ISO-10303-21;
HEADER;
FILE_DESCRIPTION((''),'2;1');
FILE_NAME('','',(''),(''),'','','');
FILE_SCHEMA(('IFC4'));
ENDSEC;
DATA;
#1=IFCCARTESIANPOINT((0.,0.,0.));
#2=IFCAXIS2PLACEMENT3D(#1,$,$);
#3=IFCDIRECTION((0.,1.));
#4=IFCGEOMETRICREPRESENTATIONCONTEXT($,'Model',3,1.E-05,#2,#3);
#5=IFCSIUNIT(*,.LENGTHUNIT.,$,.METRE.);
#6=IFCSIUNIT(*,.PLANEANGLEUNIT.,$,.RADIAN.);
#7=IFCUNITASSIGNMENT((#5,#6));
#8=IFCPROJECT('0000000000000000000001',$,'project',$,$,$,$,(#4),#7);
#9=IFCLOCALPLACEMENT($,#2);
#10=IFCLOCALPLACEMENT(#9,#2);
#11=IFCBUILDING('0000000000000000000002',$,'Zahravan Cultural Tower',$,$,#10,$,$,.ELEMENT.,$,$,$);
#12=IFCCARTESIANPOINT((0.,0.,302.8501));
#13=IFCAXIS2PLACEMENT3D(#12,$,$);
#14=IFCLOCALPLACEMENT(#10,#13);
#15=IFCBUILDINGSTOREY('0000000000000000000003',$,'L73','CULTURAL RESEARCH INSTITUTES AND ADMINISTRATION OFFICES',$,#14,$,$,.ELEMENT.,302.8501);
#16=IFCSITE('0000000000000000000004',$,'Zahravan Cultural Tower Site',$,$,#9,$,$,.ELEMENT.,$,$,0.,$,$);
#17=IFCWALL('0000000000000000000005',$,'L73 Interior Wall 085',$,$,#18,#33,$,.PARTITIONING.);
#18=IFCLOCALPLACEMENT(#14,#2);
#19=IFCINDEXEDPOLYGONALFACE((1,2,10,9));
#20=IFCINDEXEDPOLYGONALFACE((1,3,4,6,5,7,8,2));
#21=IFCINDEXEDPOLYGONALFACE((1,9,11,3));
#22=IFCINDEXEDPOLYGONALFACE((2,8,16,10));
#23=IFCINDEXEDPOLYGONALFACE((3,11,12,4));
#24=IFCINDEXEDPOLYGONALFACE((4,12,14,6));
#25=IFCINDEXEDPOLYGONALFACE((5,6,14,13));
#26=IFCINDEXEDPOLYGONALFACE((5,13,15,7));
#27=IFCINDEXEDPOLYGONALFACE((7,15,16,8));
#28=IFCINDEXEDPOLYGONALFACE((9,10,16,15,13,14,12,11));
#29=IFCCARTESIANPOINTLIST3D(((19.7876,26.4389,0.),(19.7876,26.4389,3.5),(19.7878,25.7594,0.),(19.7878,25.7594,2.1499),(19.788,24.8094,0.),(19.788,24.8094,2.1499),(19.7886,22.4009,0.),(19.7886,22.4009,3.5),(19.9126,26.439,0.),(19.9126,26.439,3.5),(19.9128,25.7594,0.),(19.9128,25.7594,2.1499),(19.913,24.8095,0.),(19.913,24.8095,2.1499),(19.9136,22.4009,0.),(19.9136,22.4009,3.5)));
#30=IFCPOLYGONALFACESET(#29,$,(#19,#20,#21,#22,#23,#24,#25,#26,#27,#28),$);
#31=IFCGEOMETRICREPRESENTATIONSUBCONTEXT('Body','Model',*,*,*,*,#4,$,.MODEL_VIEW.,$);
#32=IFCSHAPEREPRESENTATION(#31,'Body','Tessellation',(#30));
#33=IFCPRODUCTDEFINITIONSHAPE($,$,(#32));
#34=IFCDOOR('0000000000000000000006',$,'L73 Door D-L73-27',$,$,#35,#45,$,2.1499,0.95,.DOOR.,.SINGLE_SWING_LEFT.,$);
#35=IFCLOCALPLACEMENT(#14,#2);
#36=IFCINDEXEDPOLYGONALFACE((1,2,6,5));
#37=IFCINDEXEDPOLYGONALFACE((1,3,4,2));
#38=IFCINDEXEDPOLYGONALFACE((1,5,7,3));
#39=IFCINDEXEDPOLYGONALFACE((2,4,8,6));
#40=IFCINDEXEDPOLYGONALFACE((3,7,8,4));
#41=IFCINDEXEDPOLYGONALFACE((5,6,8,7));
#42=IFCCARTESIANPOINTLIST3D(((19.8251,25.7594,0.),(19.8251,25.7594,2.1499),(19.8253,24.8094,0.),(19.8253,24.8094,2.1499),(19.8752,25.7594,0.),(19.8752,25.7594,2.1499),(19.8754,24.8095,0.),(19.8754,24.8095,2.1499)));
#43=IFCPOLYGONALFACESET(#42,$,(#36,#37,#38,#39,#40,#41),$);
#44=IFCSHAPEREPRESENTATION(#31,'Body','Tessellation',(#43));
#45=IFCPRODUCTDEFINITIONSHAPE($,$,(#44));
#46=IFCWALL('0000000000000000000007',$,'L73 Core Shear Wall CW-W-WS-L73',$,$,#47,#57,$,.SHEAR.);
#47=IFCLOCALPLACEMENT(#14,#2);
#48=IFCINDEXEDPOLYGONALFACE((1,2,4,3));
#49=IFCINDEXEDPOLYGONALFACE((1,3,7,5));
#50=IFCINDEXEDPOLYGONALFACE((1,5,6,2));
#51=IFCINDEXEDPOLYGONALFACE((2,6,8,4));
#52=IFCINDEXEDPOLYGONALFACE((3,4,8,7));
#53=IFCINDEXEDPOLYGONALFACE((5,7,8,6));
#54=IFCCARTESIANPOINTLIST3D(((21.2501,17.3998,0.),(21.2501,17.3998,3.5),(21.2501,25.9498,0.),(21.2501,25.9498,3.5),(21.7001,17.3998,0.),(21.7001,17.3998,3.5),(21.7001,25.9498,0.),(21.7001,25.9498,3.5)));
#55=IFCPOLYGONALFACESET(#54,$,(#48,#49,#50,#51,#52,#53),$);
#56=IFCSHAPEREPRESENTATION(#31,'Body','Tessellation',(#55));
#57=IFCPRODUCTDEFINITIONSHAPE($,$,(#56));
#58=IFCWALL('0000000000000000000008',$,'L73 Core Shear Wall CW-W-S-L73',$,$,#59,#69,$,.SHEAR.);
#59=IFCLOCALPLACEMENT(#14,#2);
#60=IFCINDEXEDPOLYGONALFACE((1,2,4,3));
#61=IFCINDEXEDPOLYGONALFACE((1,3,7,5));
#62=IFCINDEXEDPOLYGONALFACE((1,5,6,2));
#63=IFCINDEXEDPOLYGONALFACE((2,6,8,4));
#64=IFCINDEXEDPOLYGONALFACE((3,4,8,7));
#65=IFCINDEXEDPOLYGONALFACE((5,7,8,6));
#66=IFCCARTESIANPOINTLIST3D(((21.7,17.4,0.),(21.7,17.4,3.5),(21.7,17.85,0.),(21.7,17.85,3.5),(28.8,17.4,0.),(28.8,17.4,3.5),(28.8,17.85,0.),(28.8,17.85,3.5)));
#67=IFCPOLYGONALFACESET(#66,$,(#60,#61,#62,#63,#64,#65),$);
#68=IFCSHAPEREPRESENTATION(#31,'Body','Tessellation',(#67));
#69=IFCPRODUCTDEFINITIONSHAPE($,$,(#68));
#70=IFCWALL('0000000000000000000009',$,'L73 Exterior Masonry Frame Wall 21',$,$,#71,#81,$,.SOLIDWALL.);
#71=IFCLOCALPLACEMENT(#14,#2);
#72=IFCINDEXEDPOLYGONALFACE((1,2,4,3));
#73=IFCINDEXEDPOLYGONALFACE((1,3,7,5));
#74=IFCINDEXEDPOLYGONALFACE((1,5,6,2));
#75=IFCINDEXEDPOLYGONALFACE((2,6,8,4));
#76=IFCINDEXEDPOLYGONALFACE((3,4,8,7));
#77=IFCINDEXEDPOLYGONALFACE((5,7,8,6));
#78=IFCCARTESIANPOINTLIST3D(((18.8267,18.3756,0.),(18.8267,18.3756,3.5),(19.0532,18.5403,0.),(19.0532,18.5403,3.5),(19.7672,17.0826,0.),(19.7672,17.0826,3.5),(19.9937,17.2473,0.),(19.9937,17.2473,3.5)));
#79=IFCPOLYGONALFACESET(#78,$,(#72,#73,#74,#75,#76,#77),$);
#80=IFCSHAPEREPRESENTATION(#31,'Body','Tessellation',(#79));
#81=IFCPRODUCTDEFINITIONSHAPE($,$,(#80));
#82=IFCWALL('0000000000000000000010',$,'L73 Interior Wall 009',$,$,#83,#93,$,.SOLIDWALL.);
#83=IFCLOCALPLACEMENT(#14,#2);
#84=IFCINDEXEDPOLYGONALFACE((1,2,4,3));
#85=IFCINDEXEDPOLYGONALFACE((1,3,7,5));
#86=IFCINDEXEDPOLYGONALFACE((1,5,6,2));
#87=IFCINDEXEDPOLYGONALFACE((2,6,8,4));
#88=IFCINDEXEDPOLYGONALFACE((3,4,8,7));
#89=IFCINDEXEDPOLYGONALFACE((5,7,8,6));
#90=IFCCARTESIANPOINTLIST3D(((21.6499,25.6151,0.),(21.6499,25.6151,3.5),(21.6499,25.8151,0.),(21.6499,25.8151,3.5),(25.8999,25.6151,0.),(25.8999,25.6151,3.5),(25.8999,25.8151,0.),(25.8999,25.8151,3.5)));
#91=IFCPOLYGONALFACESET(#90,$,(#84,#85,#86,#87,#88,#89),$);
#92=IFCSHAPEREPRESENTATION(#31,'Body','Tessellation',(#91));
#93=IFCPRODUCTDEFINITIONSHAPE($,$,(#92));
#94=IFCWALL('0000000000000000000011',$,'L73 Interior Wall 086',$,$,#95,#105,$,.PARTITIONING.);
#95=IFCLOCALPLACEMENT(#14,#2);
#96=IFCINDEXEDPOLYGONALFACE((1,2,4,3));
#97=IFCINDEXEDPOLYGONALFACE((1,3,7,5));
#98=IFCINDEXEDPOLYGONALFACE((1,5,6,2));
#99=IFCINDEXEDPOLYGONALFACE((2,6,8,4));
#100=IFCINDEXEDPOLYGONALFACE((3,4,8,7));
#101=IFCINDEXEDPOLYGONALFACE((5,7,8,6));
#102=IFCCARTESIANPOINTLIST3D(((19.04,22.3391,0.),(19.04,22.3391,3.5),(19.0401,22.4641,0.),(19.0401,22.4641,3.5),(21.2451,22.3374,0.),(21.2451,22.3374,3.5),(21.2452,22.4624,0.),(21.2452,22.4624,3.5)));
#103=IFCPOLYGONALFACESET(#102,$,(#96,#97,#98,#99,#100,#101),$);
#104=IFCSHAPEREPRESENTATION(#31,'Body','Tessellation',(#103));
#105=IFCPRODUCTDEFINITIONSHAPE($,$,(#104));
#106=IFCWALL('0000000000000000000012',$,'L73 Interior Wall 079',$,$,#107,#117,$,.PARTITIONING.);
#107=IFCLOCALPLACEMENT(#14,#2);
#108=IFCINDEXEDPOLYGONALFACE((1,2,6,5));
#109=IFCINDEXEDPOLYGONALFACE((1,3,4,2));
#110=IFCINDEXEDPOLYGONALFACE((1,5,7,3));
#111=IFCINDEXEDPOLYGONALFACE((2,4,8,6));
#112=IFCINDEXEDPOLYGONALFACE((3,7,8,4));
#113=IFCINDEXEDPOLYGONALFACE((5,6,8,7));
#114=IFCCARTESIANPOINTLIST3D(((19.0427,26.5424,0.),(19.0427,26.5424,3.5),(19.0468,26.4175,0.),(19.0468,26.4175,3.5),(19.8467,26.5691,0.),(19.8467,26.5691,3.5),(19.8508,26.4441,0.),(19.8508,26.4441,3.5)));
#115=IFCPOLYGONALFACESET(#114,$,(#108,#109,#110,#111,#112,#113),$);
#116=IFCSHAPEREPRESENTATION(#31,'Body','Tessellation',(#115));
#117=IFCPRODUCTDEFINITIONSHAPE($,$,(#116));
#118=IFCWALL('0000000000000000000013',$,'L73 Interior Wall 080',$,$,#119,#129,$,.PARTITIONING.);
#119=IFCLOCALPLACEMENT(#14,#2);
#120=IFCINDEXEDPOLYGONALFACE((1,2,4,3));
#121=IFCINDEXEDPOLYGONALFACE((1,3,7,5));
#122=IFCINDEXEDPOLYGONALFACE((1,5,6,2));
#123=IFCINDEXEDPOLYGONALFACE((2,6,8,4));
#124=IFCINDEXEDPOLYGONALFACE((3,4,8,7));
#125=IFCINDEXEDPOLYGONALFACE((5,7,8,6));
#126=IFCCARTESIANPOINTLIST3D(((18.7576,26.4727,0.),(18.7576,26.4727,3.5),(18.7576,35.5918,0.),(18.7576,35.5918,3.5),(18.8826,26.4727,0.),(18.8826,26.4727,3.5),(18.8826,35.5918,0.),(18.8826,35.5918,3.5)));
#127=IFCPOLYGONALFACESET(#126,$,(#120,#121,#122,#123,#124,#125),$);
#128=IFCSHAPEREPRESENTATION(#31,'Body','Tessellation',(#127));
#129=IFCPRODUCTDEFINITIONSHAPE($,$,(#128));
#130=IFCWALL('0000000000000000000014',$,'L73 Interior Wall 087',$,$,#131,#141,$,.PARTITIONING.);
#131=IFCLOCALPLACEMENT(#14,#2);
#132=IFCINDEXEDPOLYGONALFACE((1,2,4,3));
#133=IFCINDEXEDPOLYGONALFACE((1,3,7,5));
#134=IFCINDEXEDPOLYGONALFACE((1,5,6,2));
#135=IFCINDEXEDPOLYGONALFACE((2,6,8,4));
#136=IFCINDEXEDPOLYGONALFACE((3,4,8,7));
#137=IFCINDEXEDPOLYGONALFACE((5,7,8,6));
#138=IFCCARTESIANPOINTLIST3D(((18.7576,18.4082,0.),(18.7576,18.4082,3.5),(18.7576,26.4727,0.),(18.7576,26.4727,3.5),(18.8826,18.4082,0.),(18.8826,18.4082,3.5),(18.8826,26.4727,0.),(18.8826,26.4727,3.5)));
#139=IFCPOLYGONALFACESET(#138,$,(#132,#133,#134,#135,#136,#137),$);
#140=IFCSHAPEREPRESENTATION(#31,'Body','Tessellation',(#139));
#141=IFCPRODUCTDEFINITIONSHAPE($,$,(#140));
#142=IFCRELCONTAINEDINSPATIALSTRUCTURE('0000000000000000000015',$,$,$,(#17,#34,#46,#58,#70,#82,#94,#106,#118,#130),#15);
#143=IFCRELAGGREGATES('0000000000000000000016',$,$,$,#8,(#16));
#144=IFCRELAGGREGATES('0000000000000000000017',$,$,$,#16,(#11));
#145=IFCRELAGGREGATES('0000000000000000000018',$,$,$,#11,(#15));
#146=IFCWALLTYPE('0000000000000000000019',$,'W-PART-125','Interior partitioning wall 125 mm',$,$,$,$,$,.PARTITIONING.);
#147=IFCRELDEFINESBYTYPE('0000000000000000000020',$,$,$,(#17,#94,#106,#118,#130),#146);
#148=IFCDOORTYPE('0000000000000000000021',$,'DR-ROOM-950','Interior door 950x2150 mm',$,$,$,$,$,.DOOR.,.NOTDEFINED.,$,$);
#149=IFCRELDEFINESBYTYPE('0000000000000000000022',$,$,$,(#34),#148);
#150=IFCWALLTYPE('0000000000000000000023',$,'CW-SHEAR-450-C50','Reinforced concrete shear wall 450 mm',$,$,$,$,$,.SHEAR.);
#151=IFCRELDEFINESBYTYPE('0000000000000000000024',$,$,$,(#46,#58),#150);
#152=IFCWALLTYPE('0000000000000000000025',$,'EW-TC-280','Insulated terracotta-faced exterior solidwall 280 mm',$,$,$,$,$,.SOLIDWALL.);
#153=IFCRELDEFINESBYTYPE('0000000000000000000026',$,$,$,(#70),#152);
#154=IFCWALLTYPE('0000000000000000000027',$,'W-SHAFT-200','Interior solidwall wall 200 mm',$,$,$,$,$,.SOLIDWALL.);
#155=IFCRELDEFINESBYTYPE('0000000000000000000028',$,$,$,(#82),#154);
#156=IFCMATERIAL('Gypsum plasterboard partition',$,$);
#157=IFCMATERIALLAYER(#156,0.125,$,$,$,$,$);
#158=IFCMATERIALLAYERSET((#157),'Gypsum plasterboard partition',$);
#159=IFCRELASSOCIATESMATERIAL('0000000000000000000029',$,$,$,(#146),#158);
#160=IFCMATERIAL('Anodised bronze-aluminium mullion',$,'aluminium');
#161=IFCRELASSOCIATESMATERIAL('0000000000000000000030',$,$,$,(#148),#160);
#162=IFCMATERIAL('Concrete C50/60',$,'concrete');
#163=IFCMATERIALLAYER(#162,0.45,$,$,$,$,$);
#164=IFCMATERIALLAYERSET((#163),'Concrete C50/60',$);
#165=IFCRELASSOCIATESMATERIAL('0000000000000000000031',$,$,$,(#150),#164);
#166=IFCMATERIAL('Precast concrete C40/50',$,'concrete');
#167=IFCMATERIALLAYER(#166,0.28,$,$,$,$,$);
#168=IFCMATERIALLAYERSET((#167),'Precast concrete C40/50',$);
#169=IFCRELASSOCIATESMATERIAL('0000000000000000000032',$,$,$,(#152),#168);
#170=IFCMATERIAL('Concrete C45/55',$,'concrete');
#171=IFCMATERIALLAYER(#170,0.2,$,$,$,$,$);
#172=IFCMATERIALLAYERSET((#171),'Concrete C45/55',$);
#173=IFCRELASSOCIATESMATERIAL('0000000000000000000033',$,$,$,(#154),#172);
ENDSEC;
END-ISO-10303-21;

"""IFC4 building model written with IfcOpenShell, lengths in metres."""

from ifc_helpers import new_model, si_unit, direction, frame, frame_2d, origin, place, context, subcontext, project, spatial, rectangle, extrude, source, transform, mapped, material, layer, layer_set, type_object, element, fill, save


model = new_model("IFC4")

# Units and contexts
model_context = context("Model", 3, precision=1e-05, world=origin(), true_north=direction((0.0, 1.0)))
body_context = subcontext(model_context, "Body", "Model", "MODEL_VIEW")
ifc_project = project(units=[si_unit("LENGTHUNIT", "METRE"), si_unit("PLANEANGLEUNIT", "RADIAN")], contexts=[model_context])

# Site, building, storey
site_placement = place(None, origin())
site = spatial("IfcSite", under=ifc_project, at=site_placement, Name="Zahravan Cultural Tower Site", CompositionType="ELEMENT", RefElevation=0.0)
building_placement = place(site_placement, origin())
building = spatial("IfcBuilding", under=site, at=building_placement, Name="Zahravan Cultural Tower", CompositionType="ELEMENT")
storey_placement = place(building_placement, frame((0.0, 0.0, 302.8501)))
storey = spatial("IfcBuildingStorey", under=building, at=storey_placement, Name="L73", Description="CULTURAL RESEARCH INSTITUTES AND ADMINISTRATION OFFICES", CompositionType="ELEMENT", Elevation=302.8501)

# Shared definitions
ifc_material_1 = material(Name="Concrete C50/60", Category="concrete")

# Shared definitions
ifc_material_2 = material(Name="Anodised bronze-aluminium mullion", Category="aluminium")

# Shared definitions
ifc_material_3 = material(Name="Concrete C45/55", Category="concrete")

# Wall, opening, door
ifc_material_4 = material(Name="Gypsum plasterboard partition")
ifc_layer_1 = layer(ifc_material_4, 0.125)
ifc_layer_set_1 = layer_set([ifc_layer_1], Name="Gypsum plasterboard partition")
wall_type_1 = type_object("IfcWallType", Name="W-PART-125", Description="Interior partitioning wall 125 mm", PredefinedType="PARTITIONING", material=ifc_layer_set_1)
wall_1_placement = place(storey_placement, frame((19.8501, 26.439, 0.0), z_axis=(0.0, 0.0, 1.0), x_axis=(0.000242, -1.0, 0.0)))
wall_1 = element("IfcWall", 1, at=wall_1_placement, inside=storey, type_object=wall_type_1, Name="L73 Interior Wall 085", PredefinedType="PARTITIONING", context=body_context, shape_type="SweptSolid", body=[
    extrude(rectangle(XDim=4.0381, YDim=0.125, at=frame_2d((2.019, 0.0))), origin(), (0.0, 0.0, 1.0), 3.5),
])
opening_placement = place(wall_1_placement, frame((0.6794, 0.0, 0.0)))
opening = element("IfcOpeningElement", 2, at=opening_placement, cuts=wall_1, PredefinedType="OPENING", context=body_context, shape_type="SweptSolid", body=[
    extrude(rectangle(XDim=0.95, YDim=2.1499, at=frame_2d((0.4751, 1.075))), frame((0.0, 0.0725, 0.0), z_axis=(0.0, -1.0, 0.0), x_axis=(1.0, 0.0, 0.0)), (0.0, 0.0, 1.0), 0.145),
])
door_type = type_object("IfcDoorType", Name="DR-ROOM-950", Description="Interior door 950x2150 mm", OperationType="NOTDEFINED", PredefinedType="DOOR", material=ifc_material_2)
shared_shape_1 = source(origin(), body_context, "Body", "SweptSolid", [
    extrude(rectangle(XDim=0.95, YDim=2.1499, at=frame_2d((0.4751, 1.075))), frame((0.0, 0.0249, 0.0), z_axis=(0.0, -1.0, 0.0), x_axis=(1.0, 0.0, 0.0)), (0.0, 0.0, 1.0), 0.05),
])
door_placement = place(opening_placement, origin())
door = element("IfcDoor", 3, at=door_placement, inside=storey, type_object=door_type, Name="L73 Door D-L73-27", OperationType="SINGLE_SWING_LEFT", OverallHeight=2.1499, OverallWidth=0.95, PredefinedType="DOOR", context=body_context, shape_type="MappedRepresentation", body=[
    mapped(shared_shape_1, transform((0.0, 0.0, 0.0), x_axis=(1.0, 0.0, 0.0), y_axis=(0.0, 1.0, 0.0), z_axis=(0.0, 0.0, 1.0), scale=1.0)),
])
fill(opening, door)

# Walls
ifc_layer_2 = layer(ifc_material_1, 0.45)
ifc_layer_set_2 = layer_set([ifc_layer_2], Name="Concrete C50/60")
wall_type_2 = type_object("IfcWallType", Name="CW-SHEAR-450-C50", Description="Reinforced concrete shear wall 450 mm", PredefinedType="SHEAR", material=ifc_layer_set_2)
shared_shape_2 = source(origin(), body_context, "Body", "SweptSolid", [
    extrude(rectangle(XDim=8.55, YDim=0.45, at=frame_2d((4.2749, 0.0))), origin(), (0.0, 0.0, 1.0), 3.5),
])
wall_2_placement = place(storey_placement, frame((21.4751, 17.3999, 0.0), z_axis=(0.0, 0.0, 1.0), x_axis=(0.0, 1.0, 0.0)))
element("IfcWall", 4, at=wall_2_placement, inside=storey, type_object=wall_type_2, Name="L73 Core Shear Wall CW-W-WS-L73", PredefinedType="SHEAR", context=body_context, shape_type="MappedRepresentation", body=[
    mapped(shared_shape_2, transform((0.0, 0.0, 0.0), x_axis=(1.0, 0.0, 0.0), y_axis=(0.0, 1.0, 0.0), z_axis=(0.0, 0.0, 1.0), scale=1.0)),
])
shared_shape_3 = source(origin(), body_context, "Body", "SweptSolid", [
    extrude(rectangle(XDim=7.1001, YDim=0.45, at=frame_2d((3.55, 0.0))), origin(), (0.0, 0.0, 1.0), 3.5),
])
wall_3_placement = place(storey_placement, frame((21.7, 17.625, 0.0), z_axis=(0.0, 0.0, 1.0), x_axis=(1.0, 0.0, 0.0)))
element("IfcWall", 5, at=wall_3_placement, inside=storey, type_object=wall_type_2, Name="L73 Core Shear Wall CW-W-S-L73", PredefinedType="SHEAR", context=body_context, shape_type="MappedRepresentation", body=[
    mapped(shared_shape_3, transform((0.0, 0.0, 0.0), x_axis=(1.0, 0.0, 0.0), y_axis=(0.0, 1.0, 0.0), z_axis=(0.0, 0.0, 1.0), scale=1.0)),
])
ifc_material_5 = material(Name="Precast concrete C40/50", Category="concrete")
ifc_layer_3 = layer(ifc_material_5, 0.28)
ifc_layer_set_3 = layer_set([ifc_layer_3], Name="Precast concrete C40/50")
wall_type_3 = type_object("IfcWallType", Name="EW-TC-280", Description="Insulated terracotta-faced exterior solidwall 280 mm", PredefinedType="SOLIDWALL", material=ifc_layer_set_3)
shared_shape_4 = source(origin(), body_context, "Body", "SweptSolid", [
    extrude(rectangle(XDim=1.5989, YDim=0.28, at=frame_2d((0.7993, 0.0))), origin(), (0.0, 0.0, 1.0), 3.5),
])
wall_4_placement = place(storey_placement, frame((19.8804, 17.165, 0.0), z_axis=(0.0, 0.0, 1.0), x_axis=(-0.588208, 0.80871, 0.0)))
element("IfcWall", 6, at=wall_4_placement, inside=storey, type_object=wall_type_3, Name="L73 Exterior Masonry Frame Wall 21", PredefinedType="SOLIDWALL", context=body_context, shape_type="MappedRepresentation", body=[
    mapped(shared_shape_4, transform((0.0, 0.0, 0.0), x_axis=(1.0, 0.0, 0.0), y_axis=(0.0, 1.0, 0.0), z_axis=(0.0, 0.0, 1.0), scale=1.0)),
])
ifc_layer_4 = layer(ifc_material_3, 0.2)
ifc_layer_set_4 = layer_set([ifc_layer_4], Name="Concrete C45/55")
wall_type_4 = type_object("IfcWallType", Name="W-SHAFT-200", Description="Interior solidwall wall 200 mm", PredefinedType="SOLIDWALL", material=ifc_layer_set_4)
shared_shape_5 = source(origin(), body_context, "Body", "SweptSolid", [
    extrude(rectangle(XDim=4.25, YDim=0.2, at=frame_2d((2.125, 0.0))), origin(), (0.0, 0.0, 1.0), 3.5),
])
wall_5_placement = place(storey_placement, frame((21.6499, 25.7151, 0.0), z_axis=(0.0, 0.0, 1.0), x_axis=(1.0, 0.0, 0.0)))
element("IfcWall", 7, at=wall_5_placement, inside=storey, type_object=wall_type_4, Name="L73 Interior Wall 009", PredefinedType="SOLIDWALL", context=body_context, shape_type="MappedRepresentation", body=[
    mapped(shared_shape_5, transform((0.0, 0.0, 0.0), x_axis=(1.0, 0.0, 0.0), y_axis=(0.0, 1.0, 0.0), z_axis=(0.0, 0.0, 1.0), scale=1.0)),
])
shared_shape_6 = source(origin(), body_context, "Body", "SweptSolid", [
    extrude(rectangle(XDim=2.2051, YDim=0.125, at=frame_2d((1.1025, 0.0))), origin(), (0.0, 0.0, 1.0), 3.5),
])
wall_6_placement = place(storey_placement, frame((19.04, 22.4016, 0.0), z_axis=(0.0, 0.0, 1.0), x_axis=(1.0, -0.000775, 0.0)))
element("IfcWall", 8, at=wall_6_placement, inside=storey, type_object=wall_type_1, Name="L73 Interior Wall 086", PredefinedType="PARTITIONING", context=body_context, shape_type="MappedRepresentation", body=[
    mapped(shared_shape_6, transform((0.0, 0.0, 0.0), x_axis=(1.0, 0.0, 0.0), y_axis=(0.0, 1.0, 0.0), z_axis=(0.0, 0.0, 1.0), scale=1.0)),
])
shared_shape_7 = source(origin(), body_context, "Body", "SweptSolid", [
    extrude(rectangle(XDim=0.8044, YDim=0.125, at=frame_2d((0.4023, 0.0))), origin(), (0.0, 0.0, 1.0), 3.5),
])
wall_7_placement = place(storey_placement, frame((19.8489, 26.5066, 0.0), z_axis=(0.0, 0.0, 1.0), x_axis=(-0.999453, -0.033082, 0.0)))
element("IfcWall", 9, at=wall_7_placement, inside=storey, type_object=wall_type_1, Name="L73 Interior Wall 079", PredefinedType="PARTITIONING", context=body_context, shape_type="MappedRepresentation", body=[
    mapped(shared_shape_7, transform((0.0, 0.0, 0.0), x_axis=(1.0, 0.0, 0.0), y_axis=(0.0, 1.0, 0.0), z_axis=(0.0, 0.0, 1.0), scale=1.0)),
])
shared_shape_8 = source(origin(), body_context, "Body", "SweptSolid", [
    extrude(rectangle(XDim=9.1191, YDim=0.125, at=frame_2d((4.5596, 0.0))), origin(), (0.0, 0.0, 1.0), 3.5),
])
wall_8_placement = place(storey_placement, frame((18.8201, 26.4727, 0.0), z_axis=(0.0, 0.0, 1.0), x_axis=(0.0, 1.0, 0.0)))
element("IfcWall", 10, at=wall_8_placement, inside=storey, type_object=wall_type_1, Name="L73 Interior Wall 080", PredefinedType="PARTITIONING", context=body_context, shape_type="MappedRepresentation", body=[
    mapped(shared_shape_8, transform((0.0, 0.0, 0.0), x_axis=(1.0, 0.0, 0.0), y_axis=(0.0, 1.0, 0.0), z_axis=(0.0, 0.0, 1.0), scale=1.0)),
])
shared_shape_9 = source(origin(), body_context, "Body", "SweptSolid", [
    extrude(rectangle(XDim=8.0645, YDim=0.125, at=frame_2d((4.0322, 0.0))), origin(), (0.0, 0.0, 1.0), 3.5),
])
wall_9_placement = place(storey_placement, frame((18.8201, 18.4082, 0.0), z_axis=(0.0, 0.0, 1.0), x_axis=(0.0, 1.0, 0.0)))
element("IfcWall", 11, at=wall_9_placement, inside=storey, type_object=wall_type_1, Name="L73 Interior Wall 087", PredefinedType="PARTITIONING", context=body_context, shape_type="MappedRepresentation", body=[
    mapped(shared_shape_9, transform((0.0, 0.0, 0.0), x_axis=(1.0, 0.0, 0.0), y_axis=(0.0, 1.0, 0.0), z_axis=(0.0, 0.0, 1.0), scale=1.0)),
])

save(model, "model.ifc")
